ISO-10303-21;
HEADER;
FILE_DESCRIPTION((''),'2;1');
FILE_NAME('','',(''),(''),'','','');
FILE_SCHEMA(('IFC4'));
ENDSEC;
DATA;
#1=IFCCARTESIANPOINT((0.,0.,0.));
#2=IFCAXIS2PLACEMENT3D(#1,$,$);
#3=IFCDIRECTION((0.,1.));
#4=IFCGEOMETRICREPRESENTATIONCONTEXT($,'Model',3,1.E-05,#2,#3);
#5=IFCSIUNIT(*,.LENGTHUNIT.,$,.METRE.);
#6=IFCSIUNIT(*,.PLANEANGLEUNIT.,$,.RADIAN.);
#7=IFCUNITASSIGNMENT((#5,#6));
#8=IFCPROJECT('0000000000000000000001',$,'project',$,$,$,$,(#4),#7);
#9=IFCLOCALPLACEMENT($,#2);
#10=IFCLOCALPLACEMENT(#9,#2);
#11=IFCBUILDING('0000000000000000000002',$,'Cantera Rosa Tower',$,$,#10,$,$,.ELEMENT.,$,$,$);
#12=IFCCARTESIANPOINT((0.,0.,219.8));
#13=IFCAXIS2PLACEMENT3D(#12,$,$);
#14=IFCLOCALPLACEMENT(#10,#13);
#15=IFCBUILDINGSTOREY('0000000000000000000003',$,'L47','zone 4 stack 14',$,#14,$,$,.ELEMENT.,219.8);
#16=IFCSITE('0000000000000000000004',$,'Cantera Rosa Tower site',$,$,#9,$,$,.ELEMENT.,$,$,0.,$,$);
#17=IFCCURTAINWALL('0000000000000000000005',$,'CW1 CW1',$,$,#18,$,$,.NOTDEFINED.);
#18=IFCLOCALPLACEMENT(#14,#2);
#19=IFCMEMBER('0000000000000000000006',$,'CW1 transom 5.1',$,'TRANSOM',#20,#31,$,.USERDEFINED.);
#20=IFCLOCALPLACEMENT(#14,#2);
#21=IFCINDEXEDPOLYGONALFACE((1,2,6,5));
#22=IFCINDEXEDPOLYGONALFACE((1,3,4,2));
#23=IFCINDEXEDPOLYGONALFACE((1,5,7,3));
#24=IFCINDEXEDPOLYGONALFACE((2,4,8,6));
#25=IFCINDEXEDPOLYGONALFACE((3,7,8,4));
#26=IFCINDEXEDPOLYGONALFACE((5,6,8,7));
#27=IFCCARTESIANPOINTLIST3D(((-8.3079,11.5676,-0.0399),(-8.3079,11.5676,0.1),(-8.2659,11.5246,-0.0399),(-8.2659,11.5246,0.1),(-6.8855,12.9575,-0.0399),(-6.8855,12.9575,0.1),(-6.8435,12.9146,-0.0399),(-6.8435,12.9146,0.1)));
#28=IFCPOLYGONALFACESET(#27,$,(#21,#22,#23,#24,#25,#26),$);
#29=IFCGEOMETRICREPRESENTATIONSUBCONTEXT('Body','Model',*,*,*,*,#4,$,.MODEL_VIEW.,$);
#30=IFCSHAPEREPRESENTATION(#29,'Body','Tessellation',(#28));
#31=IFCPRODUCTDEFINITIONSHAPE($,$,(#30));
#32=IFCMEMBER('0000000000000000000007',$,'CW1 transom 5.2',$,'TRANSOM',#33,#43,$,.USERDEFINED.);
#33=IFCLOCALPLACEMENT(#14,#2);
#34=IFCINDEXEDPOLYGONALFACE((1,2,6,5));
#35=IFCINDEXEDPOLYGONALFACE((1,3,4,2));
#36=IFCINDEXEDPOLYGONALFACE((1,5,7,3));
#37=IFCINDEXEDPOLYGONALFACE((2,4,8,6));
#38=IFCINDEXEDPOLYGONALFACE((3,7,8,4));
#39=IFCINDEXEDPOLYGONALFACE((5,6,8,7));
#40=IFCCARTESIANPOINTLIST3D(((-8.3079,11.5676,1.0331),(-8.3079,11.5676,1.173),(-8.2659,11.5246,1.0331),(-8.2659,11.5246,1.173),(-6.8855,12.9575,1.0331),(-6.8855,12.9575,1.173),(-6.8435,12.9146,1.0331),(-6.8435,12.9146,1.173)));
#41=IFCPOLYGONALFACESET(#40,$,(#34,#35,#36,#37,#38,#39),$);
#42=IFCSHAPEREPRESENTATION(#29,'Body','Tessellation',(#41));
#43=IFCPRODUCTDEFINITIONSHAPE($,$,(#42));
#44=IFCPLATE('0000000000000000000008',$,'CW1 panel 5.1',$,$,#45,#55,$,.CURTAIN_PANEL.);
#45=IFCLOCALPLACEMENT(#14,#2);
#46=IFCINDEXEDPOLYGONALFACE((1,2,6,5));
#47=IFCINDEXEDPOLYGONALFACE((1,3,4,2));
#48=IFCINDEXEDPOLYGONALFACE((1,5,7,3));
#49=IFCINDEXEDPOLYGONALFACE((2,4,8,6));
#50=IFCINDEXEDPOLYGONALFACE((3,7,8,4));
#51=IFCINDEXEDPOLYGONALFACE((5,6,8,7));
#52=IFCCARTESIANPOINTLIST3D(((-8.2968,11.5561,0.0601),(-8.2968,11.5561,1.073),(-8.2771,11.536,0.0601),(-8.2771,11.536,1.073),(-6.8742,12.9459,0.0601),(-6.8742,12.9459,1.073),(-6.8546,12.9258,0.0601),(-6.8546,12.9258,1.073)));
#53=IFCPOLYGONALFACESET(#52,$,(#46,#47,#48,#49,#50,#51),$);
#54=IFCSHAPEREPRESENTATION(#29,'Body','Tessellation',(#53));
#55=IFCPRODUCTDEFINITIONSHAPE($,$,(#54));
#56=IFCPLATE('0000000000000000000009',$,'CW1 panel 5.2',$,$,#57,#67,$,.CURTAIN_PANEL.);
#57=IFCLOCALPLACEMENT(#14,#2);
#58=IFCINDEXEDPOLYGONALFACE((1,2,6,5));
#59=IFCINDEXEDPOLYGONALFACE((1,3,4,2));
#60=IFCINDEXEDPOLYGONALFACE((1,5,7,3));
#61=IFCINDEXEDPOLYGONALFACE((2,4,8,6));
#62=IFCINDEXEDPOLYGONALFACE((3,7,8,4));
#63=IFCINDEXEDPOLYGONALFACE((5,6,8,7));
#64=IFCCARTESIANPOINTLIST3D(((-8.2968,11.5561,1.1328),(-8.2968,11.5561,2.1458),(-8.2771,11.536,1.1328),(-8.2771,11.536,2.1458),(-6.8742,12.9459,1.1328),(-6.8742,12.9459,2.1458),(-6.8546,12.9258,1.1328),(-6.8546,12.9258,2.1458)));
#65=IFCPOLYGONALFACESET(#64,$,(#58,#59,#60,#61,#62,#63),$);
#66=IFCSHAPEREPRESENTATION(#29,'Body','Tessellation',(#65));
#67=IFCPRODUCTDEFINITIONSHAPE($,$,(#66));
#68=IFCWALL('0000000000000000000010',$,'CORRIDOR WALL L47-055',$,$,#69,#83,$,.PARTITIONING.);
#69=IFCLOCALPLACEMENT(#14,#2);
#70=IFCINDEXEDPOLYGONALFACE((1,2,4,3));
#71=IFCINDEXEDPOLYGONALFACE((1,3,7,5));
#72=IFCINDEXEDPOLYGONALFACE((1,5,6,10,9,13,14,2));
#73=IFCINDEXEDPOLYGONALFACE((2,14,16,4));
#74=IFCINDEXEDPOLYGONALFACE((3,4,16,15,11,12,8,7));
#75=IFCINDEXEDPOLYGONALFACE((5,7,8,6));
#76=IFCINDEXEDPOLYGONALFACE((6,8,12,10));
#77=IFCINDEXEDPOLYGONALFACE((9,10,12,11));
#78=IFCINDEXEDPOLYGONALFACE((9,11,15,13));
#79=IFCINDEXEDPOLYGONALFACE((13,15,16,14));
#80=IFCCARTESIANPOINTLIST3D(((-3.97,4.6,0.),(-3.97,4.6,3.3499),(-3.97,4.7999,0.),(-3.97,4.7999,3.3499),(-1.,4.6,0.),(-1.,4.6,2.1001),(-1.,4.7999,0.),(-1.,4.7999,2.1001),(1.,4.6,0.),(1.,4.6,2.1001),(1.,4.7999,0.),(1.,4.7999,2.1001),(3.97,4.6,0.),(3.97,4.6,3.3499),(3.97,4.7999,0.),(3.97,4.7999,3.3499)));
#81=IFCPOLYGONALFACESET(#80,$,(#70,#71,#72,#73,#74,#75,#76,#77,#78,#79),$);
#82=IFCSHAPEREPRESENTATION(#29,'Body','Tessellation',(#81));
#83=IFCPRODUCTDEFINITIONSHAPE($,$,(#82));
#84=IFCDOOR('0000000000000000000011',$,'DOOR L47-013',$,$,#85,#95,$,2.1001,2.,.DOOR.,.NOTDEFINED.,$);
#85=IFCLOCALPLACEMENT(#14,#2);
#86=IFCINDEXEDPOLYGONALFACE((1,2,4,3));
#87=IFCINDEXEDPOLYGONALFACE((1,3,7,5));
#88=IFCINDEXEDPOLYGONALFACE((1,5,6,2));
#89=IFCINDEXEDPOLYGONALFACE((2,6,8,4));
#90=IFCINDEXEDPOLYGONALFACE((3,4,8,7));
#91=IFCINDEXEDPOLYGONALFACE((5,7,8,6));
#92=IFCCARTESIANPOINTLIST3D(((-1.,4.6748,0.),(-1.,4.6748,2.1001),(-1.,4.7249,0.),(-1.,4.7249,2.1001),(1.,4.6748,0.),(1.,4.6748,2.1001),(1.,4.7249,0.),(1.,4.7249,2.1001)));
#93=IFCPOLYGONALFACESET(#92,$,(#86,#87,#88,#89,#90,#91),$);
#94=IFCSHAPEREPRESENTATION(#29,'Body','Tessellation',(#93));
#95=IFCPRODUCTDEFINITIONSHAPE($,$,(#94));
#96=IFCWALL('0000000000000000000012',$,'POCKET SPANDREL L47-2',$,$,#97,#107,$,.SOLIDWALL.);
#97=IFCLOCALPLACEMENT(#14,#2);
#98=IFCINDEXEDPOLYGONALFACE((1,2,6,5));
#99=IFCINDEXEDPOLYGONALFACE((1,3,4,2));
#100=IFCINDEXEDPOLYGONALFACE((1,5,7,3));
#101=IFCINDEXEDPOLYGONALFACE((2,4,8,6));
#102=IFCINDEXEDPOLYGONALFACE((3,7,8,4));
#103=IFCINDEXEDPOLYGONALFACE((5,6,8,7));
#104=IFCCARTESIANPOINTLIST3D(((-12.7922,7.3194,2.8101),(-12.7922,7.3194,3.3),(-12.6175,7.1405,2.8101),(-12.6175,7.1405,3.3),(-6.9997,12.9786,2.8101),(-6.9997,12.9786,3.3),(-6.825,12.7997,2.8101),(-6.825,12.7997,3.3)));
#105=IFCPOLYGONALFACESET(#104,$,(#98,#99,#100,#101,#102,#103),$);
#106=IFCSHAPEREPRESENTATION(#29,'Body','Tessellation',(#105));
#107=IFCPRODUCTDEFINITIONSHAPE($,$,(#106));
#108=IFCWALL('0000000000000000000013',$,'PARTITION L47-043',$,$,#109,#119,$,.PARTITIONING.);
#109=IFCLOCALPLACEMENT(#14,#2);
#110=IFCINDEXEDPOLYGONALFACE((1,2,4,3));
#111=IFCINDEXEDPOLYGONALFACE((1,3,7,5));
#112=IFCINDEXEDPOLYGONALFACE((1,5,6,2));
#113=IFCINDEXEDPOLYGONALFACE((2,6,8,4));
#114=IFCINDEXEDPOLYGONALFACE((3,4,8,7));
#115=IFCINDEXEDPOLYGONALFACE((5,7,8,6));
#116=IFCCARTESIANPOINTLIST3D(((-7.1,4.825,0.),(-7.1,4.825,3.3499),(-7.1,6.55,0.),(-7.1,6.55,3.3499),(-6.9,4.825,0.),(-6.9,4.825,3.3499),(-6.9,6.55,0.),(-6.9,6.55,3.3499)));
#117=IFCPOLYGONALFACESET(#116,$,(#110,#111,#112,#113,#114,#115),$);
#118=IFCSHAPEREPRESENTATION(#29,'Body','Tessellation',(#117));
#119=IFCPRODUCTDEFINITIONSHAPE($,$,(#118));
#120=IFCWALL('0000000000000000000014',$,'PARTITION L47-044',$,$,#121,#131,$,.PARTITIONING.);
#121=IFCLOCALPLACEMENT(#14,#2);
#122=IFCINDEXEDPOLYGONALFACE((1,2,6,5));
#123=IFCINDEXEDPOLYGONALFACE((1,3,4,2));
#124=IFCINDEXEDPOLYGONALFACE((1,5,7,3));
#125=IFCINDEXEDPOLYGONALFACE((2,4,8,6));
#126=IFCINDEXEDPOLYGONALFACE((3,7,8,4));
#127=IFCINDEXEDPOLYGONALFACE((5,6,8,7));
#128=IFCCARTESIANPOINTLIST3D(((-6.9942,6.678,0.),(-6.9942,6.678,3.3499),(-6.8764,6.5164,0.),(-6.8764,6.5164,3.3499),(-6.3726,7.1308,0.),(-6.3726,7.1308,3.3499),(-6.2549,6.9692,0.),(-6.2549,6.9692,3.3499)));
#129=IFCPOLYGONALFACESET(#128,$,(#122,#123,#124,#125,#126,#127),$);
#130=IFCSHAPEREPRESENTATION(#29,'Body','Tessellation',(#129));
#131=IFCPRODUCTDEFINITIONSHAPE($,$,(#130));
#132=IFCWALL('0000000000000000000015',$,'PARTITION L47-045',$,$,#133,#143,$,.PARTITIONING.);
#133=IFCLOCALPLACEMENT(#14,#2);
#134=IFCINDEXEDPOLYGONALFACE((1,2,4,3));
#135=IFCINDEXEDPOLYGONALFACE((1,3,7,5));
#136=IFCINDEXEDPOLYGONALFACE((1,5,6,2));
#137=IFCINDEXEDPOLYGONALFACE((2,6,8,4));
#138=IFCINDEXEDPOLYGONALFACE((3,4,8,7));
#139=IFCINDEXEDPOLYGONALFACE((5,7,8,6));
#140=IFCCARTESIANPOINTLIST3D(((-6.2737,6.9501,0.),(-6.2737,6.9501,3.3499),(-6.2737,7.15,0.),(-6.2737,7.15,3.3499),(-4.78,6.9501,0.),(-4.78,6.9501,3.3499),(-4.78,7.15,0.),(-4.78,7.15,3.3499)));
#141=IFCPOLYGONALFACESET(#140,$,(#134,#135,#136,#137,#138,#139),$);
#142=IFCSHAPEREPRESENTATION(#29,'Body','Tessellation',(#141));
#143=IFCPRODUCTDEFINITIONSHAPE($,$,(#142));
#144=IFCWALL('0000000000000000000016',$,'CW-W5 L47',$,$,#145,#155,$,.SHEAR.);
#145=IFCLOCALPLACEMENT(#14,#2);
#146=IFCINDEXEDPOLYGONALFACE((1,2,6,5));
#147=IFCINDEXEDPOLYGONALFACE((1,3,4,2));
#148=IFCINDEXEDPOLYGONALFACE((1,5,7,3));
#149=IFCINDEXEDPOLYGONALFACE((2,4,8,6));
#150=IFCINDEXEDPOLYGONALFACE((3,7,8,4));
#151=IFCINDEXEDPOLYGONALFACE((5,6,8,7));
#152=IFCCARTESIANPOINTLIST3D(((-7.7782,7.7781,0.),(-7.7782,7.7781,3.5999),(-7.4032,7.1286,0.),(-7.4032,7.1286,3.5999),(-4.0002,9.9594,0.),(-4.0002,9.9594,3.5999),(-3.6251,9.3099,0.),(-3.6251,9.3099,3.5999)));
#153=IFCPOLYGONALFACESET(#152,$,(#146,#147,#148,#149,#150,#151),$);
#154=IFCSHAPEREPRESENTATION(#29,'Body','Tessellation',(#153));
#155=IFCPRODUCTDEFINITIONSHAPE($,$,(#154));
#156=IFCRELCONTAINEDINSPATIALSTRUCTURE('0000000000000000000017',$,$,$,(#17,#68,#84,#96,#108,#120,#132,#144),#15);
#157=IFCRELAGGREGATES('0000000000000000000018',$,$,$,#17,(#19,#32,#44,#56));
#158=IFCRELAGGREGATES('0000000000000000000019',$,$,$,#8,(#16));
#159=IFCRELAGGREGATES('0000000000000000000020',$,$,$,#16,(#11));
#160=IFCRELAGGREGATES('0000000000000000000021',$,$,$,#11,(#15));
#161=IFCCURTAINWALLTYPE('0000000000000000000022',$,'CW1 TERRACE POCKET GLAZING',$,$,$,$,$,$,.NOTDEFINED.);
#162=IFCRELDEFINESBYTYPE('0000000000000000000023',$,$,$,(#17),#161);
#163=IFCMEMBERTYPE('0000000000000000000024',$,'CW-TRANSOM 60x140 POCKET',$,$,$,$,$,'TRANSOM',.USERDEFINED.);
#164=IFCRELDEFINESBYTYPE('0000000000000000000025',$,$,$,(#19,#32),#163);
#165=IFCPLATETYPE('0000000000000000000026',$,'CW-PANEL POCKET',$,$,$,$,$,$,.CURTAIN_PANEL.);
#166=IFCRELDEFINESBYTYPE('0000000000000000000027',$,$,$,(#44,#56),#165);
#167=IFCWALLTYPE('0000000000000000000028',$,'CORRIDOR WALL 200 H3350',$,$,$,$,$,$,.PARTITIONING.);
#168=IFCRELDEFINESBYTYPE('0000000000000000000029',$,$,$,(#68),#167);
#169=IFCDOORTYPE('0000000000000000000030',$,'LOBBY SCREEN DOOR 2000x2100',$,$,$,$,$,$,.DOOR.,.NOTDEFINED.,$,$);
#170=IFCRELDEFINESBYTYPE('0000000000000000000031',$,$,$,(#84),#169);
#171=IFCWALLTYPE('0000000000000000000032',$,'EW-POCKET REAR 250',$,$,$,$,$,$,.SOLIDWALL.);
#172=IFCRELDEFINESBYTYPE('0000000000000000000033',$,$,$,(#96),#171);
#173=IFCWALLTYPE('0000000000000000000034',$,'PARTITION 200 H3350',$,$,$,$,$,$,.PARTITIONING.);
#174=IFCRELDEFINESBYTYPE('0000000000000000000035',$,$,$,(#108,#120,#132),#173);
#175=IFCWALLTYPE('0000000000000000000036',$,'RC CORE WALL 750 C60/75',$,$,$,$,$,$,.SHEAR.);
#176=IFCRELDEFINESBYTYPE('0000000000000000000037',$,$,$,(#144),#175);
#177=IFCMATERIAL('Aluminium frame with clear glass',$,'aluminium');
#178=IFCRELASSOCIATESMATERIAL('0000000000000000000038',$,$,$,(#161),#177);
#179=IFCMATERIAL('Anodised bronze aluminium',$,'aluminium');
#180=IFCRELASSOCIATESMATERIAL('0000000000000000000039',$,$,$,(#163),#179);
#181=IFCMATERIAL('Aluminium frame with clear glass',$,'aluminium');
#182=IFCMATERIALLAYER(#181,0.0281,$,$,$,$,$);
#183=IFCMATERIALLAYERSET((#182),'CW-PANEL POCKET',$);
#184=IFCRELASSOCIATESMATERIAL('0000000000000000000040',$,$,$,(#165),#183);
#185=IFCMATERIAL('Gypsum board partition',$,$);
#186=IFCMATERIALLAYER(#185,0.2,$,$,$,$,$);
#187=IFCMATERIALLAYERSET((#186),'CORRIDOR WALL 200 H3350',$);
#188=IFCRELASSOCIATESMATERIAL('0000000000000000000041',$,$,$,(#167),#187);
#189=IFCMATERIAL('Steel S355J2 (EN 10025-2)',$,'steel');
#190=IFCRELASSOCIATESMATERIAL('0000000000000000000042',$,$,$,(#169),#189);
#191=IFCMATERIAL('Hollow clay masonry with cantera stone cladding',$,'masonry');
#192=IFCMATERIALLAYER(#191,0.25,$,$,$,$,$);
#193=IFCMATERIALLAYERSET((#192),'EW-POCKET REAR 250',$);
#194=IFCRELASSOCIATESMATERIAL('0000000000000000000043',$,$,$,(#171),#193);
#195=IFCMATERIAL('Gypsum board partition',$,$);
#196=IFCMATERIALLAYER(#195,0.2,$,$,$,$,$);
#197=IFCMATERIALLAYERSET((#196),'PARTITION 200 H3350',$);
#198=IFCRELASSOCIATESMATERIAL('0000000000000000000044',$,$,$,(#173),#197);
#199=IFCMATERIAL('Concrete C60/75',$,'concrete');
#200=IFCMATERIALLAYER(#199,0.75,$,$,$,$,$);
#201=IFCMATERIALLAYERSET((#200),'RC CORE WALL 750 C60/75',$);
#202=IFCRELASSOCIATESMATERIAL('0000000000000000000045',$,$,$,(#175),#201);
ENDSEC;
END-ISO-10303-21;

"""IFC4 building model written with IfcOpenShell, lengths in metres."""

from ifc_helpers import new_model, si_unit, direction, frame, frame_2d, origin, origin_2d, place, context, subcontext, project, spatial, rectangle, extrude, material, layer, layer_set, material_profile, profile_set, type_object, element, fill, aggregate, save


model = new_model("IFC4")

# Units and contexts
model_context = context("Model", 3, precision=1e-05, world=origin(), true_north=direction((0.0, 1.0)))
body_context = subcontext(model_context, "Body", "Model", "MODEL_VIEW")
ifc_project = project(units=[si_unit("LENGTHUNIT", "METRE"), si_unit("PLANEANGLEUNIT", "RADIAN")], contexts=[model_context])

# Site, building, storey
site_placement = place(None, origin())
site = spatial("IfcSite", under=ifc_project, at=site_placement, Name="Cantera Rosa Tower site", CompositionType="ELEMENT", RefElevation=0.0)
building_placement = place(site_placement, origin())
building = spatial("IfcBuilding", under=site, at=building_placement, Name="Cantera Rosa Tower", CompositionType="ELEMENT")
storey_placement = place(building_placement, frame((0.0, 0.0, 219.8)))
storey = spatial("IfcBuildingStorey", under=building, at=storey_placement, Name="L47", Description="zone 4 stack 14", CompositionType="ELEMENT", Elevation=219.8)

# Curtain wall, members, plates
ifc_material_1 = material(Name="Aluminium frame with clear glass", Category="aluminium")
curtain_wall_type = type_object("IfcCurtainWallType", Name="CW1 TERRACE POCKET GLAZING", PredefinedType="NOTDEFINED", material=ifc_material_1)
curtain_wall_placement = place(storey_placement, origin())
curtain_wall = element("IfcCurtainWall", 1, at=curtain_wall_placement, inside=storey, type_object=curtain_wall_type, Name="CW1 CW1", PredefinedType="NOTDEFINED")
ifc_material_2 = material(Name="Anodised bronze aluminium", Category="aluminium")
ifc_material_profile = material_profile(ifc_material_2, rectangle(XDim=0.0601, YDim=0.1399, at=origin_2d()), Name="CW-TRANSOM 60x140 POCKET")
ifc_profile_set = profile_set([ifc_material_profile], Name="Anodised bronze aluminium")
member_type = type_object("IfcMemberType", Name="CW-TRANSOM 60x140 POCKET", ElementType="TRANSOM", PredefinedType="USERDEFINED", material=ifc_profile_set)
member_1_placement = place(storey_placement, frame((-6.8645, 12.936, 0.03), z_axis=(-0.715223, -0.698896, 0.0), x_axis=(0.698896, -0.715223, 0.0)))
member_1 = element("IfcMember", 2, at=member_1_placement, type_object=member_type, Name="CW1 transom 5.1", ObjectType="TRANSOM", PredefinedType="USERDEFINED", context=body_context, shape_type="SweptSolid", body=[
    extrude(rectangle(XDim=0.0601, YDim=0.1399, at=origin_2d()), origin(), (0.0, 0.0, 1.0), 1.9888),
])
member_2_placement = place(storey_placement, frame((-6.8645, 12.936, 1.103), z_axis=(-0.715223, -0.698896, 0.0), x_axis=(0.698896, -0.715223, 0.0)))
member_2 = element("IfcMember", 3, at=member_2_placement, type_object=member_type, Name="CW1 transom 5.2", ObjectType="TRANSOM", PredefinedType="USERDEFINED", context=body_context, shape_type="SweptSolid", body=[
    extrude(rectangle(XDim=0.0601, YDim=0.1399, at=origin_2d()), origin(), (0.0, 0.0, 1.0), 1.9888),
])
ifc_material_3 = material(Name="Aluminium frame with clear glass", Category="aluminium")
ifc_layer_1 = layer(ifc_material_3, 0.0281)
ifc_layer_set_1 = layer_set([ifc_layer_1], Name="CW-PANEL POCKET")
plate_type = type_object("IfcPlateType", Name="CW-PANEL POCKET", PredefinedType="CURTAIN_PANEL", material=ifc_layer_set_1)
plate_1_placement = place(storey_placement, frame((-7.5757, 12.241, 0.0601), z_axis=(0.0, 0.0, 1.0), x_axis=(-0.715286, -0.698832, 0.0)))
plate_1 = element("IfcPlate", 4, at=plate_1_placement, type_object=plate_type, Name="CW1 panel 5.1", PredefinedType="CURTAIN_PANEL", context=body_context, shape_type="SweptSolid", body=[
    extrude(rectangle(XDim=1.9888, YDim=0.0281, at=origin_2d()), origin(), (0.0, 0.0, 1.0), 1.0129),
])
plate_2_placement = place(storey_placement, frame((-7.5757, 12.241, 1.1328), z_axis=(0.0, 0.0, 1.0), x_axis=(-0.715286, -0.698832, 0.0)))
plate_2 = element("IfcPlate", 5, at=plate_2_placement, type_object=plate_type, Name="CW1 panel 5.2", PredefinedType="CURTAIN_PANEL", context=body_context, shape_type="SweptSolid", body=[
    extrude(rectangle(XDim=1.9888, YDim=0.0281, at=origin_2d()), origin(), (0.0, 0.0, 1.0), 1.0129),
])
aggregate(curtain_wall, [member_1, member_2, plate_1, plate_2])

# Wall, opening, door
ifc_material_4 = material(Name="Gypsum board partition")
ifc_layer_2 = layer(ifc_material_4, 0.2)
ifc_layer_set_2 = layer_set([ifc_layer_2], Name="CORRIDOR WALL 200 H3350")
wall_type_1 = type_object("IfcWallType", Name="CORRIDOR WALL 200 H3350", PredefinedType="PARTITIONING", material=ifc_layer_set_2)
wall_1_placement = place(storey_placement, frame((-3.97, 4.7, 0.0), z_axis=(0.0, 0.0, 1.0), x_axis=(1.0, 0.0, 0.0)))
wall_1 = element("IfcWall", 6, at=wall_1_placement, inside=storey, type_object=wall_type_1, Name="CORRIDOR WALL L47-055", PredefinedType="PARTITIONING", context=body_context, shape_type="SweptSolid", body=[
    extrude(rectangle(XDim=7.9399, YDim=0.2, at=frame_2d((3.97, 0.0))), origin(), (0.0, 0.0, 1.0), 3.3499),
])
opening_1_placement = place(wall_1_placement, frame((2.97, 0.0, 0.0)))
opening_1 = element("IfcOpeningElement", 7, at=opening_1_placement, cuts=wall_1, PredefinedType="OPENING", context=body_context, shape_type="SweptSolid", body=[
    extrude(rectangle(XDim=2.0, YDim=2.1001, at=frame_2d((1.0, 1.05))), frame((0.0, 0.1099, 0.0), z_axis=(0.0, -1.0, 0.0), x_axis=(1.0, 0.0, 0.0)), (0.0, 0.0, 1.0), 0.22),
])
ifc_material_5 = material(Name="Steel S355J2 (EN 10025-2)", Category="steel")
door_type_1 = type_object("IfcDoorType", Name="LOBBY SCREEN DOOR 2000x2100", OperationType="NOTDEFINED", PredefinedType="DOOR", material=ifc_material_5)
door_1_placement = place(opening_1_placement, origin())
door_1 = element("IfcDoor", 8, at=door_1_placement, inside=storey, type_object=door_type_1, Name="DOOR L47-013", OperationType="NOTDEFINED", OverallHeight=2.1001, OverallWidth=2.0, PredefinedType="DOOR", context=body_context, shape_type="SweptSolid", body=[
    extrude(rectangle(XDim=2.0, YDim=2.1001, at=frame_2d((1.0, 1.05))), frame((0.0, 0.0249, 0.0), z_axis=(0.0, -1.0, 0.0), x_axis=(1.0, 0.0, 0.0)), (0.0, 0.0, 1.0), 0.05),
])
fill(opening_1, door_1)

# Walls
ifc_material_6 = material(Name="Hollow clay masonry with cantera stone cladding", Category="masonry")
ifc_layer_3 = layer(ifc_material_6, 0.25)
ifc_layer_set_3 = layer_set([ifc_layer_3], Name="EW-POCKET REAR 250")
wall_type_2 = type_object("IfcWallType", Name="EW-POCKET REAR 250", PredefinedType="SOLIDWALL", material=ifc_layer_set_3)
wall_2_placement = place(storey_placement, frame((-6.9124, 12.8892, 2.8101), z_axis=(0.0, 0.0, 1.0), x_axis=(-0.715289, -0.698829, 0.0)))
element("IfcWall", 9, at=wall_2_placement, inside=storey, type_object=wall_type_2, Name="POCKET SPANDREL L47-2", PredefinedType="SOLIDWALL", context=body_context, shape_type="SweptSolid", body=[
    extrude(rectangle(XDim=8.0981, YDim=0.25, at=frame_2d((4.0491, 0.0))), origin(), (0.0, 0.0, 1.0), 0.49),
])
ifc_material_7 = material(Name="Gypsum board partition")
ifc_layer_4 = layer(ifc_material_7, 0.2)
ifc_layer_set_4 = layer_set([ifc_layer_4], Name="PARTITION 200 H3350")
wall_type_3 = type_object("IfcWallType", Name="PARTITION 200 H3350", PredefinedType="PARTITIONING", material=ifc_layer_set_4)
wall_3_placement = place(storey_placement, frame((-7.0, 4.825, 0.0), z_axis=(0.0, 0.0, 1.0), x_axis=(0.0, 1.0, 0.0)))
element("IfcWall", 10, at=wall_3_placement, inside=storey, type_object=wall_type_3, Name="PARTITION L47-043", PredefinedType="PARTITIONING", context=body_context, shape_type="SweptSolid", body=[
    extrude(rectangle(XDim=1.7251, YDim=0.2, at=frame_2d((0.8625, 0.0))), origin(), (0.0, 0.0, 1.0), 3.3499),
])
wall_4_placement = place(storey_placement, frame((-6.9353, 6.5972, 0.0), z_axis=(0.0, 0.0, 1.0), x_axis=(0.808228, 0.58887, 0.0)))
element("IfcWall", 11, at=wall_4_placement, inside=storey, type_object=wall_type_3, Name="PARTITION L47-044", PredefinedType="PARTITIONING", context=body_context, shape_type="SweptSolid", body=[
    extrude(rectangle(XDim=0.769, YDim=0.2, at=frame_2d((0.3845, 0.0))), origin(), (0.0, 0.0, 1.0), 3.3499),
])
wall_5_placement = place(storey_placement, frame((-6.2737, 7.05, 0.0), z_axis=(0.0, 0.0, 1.0), x_axis=(1.0, 0.0, 0.0)))
element("IfcWall", 12, at=wall_5_placement, inside=storey, type_object=wall_type_3, Name="PARTITION L47-045", PredefinedType="PARTITIONING", context=body_context, shape_type="SweptSolid", body=[
    extrude(rectangle(XDim=1.4937, YDim=0.2, at=frame_2d((0.7468, 0.0))), origin(), (0.0, 0.0, 1.0), 3.3499),
])
ifc_material_8 = material(Name="Concrete C60/75", Category="concrete")
ifc_layer_5 = layer(ifc_material_8, 0.75)
ifc_layer_set_5 = layer_set([ifc_layer_5], Name="RC CORE WALL 750 C60/75")
wall_type_4 = type_object("IfcWallType", Name="RC CORE WALL 750 C60/75", PredefinedType="SHEAR", material=ifc_layer_set_5)
wall_6_placement = place(storey_placement, frame((-7.5906, 7.4534, 0.0), z_axis=(0.0, 0.0, 1.0), x_axis=(0.866013, 0.500021, 0.0)))
element("IfcWall", 13, at=wall_6_placement, inside=storey, type_object=wall_type_4, Name="CW-W5 L47", PredefinedType="SHEAR", context=body_context, shape_type="SweptSolid", body=[
    extrude(rectangle(XDim=4.3625, YDim=0.75, at=frame_2d((2.1812, 0.0))), origin(), (0.0, 0.0, 1.0), 3.5999),
])

save(model, "model.ifc")
